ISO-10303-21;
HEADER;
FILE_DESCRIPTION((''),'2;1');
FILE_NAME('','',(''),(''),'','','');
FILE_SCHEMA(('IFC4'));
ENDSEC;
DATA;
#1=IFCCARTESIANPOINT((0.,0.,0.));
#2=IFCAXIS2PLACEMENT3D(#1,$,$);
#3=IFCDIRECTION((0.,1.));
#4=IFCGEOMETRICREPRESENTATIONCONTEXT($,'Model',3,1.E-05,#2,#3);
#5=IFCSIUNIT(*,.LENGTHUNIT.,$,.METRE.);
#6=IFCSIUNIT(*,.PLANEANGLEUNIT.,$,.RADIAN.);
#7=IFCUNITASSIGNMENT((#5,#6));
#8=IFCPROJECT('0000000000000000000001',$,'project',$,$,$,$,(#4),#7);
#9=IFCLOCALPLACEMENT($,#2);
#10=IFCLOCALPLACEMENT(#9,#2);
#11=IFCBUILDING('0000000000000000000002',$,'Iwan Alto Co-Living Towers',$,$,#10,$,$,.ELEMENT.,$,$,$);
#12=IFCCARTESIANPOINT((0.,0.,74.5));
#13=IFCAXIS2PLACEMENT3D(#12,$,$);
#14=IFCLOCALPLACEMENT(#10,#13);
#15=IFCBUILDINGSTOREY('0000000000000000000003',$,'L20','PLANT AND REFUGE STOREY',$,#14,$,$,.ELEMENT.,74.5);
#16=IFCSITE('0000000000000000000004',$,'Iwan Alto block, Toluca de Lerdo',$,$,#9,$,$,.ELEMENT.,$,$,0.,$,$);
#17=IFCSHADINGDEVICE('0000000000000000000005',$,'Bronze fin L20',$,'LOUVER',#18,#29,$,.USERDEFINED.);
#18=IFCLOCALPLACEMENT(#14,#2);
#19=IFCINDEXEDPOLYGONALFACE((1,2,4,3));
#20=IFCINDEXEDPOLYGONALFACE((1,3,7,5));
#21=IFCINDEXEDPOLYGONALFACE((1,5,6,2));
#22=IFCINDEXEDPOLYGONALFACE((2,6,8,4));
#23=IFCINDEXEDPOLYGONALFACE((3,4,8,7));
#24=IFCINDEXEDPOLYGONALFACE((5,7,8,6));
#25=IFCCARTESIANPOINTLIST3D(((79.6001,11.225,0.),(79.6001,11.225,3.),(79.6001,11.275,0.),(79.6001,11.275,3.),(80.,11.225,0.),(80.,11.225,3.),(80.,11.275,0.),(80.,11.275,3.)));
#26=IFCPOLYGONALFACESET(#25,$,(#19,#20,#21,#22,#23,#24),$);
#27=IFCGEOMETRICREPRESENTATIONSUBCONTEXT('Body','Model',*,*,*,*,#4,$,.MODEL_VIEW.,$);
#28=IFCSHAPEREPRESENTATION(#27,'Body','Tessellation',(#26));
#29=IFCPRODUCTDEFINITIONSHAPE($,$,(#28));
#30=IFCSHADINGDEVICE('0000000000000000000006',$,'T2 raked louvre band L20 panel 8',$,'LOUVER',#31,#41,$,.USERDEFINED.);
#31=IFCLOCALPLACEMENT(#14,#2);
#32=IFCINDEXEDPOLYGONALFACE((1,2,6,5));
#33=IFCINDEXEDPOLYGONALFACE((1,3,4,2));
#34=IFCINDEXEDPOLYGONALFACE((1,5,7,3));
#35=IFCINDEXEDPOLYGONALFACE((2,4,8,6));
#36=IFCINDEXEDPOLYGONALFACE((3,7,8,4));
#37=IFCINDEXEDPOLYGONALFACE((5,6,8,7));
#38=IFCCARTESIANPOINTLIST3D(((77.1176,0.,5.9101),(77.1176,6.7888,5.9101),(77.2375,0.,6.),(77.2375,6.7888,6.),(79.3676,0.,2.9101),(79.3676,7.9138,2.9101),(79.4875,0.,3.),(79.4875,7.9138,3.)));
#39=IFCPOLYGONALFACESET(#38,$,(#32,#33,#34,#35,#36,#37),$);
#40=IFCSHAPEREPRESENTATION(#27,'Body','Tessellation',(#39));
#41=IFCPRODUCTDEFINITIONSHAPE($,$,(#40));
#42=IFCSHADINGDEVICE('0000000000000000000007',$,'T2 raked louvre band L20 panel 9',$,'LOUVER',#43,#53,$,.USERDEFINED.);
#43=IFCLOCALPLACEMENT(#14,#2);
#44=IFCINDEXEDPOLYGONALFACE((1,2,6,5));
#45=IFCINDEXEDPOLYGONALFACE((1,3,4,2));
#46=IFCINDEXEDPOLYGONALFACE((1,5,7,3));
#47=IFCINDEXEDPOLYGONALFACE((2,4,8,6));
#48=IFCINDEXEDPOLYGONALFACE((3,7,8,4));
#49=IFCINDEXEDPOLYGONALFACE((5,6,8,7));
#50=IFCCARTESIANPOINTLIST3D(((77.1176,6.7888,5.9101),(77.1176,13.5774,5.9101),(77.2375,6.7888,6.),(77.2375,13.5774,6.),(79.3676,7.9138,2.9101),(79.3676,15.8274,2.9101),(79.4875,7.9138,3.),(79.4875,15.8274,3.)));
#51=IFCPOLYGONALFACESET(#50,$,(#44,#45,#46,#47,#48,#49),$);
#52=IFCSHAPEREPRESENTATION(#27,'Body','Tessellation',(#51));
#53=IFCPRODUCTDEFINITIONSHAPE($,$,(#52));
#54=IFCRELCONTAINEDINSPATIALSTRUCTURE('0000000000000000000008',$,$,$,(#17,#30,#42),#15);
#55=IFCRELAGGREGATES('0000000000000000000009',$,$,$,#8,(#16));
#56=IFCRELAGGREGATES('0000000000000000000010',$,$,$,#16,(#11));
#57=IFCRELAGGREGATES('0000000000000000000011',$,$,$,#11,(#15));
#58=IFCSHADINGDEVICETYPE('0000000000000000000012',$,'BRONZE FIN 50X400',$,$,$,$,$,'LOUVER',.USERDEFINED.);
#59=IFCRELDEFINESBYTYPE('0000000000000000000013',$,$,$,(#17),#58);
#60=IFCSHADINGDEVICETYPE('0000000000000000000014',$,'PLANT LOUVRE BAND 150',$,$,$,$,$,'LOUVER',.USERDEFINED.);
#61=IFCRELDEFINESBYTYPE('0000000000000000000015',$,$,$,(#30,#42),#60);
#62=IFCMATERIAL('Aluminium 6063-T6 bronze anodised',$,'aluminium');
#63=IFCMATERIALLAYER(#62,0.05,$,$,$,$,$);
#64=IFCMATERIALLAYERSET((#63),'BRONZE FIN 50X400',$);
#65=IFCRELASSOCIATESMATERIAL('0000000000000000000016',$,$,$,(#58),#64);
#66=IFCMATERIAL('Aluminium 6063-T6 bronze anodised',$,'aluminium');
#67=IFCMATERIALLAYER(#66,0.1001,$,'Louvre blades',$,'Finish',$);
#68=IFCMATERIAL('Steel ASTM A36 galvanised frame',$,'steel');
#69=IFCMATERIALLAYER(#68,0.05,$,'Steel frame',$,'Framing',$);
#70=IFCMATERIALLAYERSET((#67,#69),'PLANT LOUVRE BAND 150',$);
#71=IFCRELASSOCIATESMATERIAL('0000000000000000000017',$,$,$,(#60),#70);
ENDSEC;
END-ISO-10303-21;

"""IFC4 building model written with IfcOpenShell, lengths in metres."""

from ifc_helpers import new_model, si_unit, direction, frame, origin, origin_2d, place, context, subcontext, project, spatial, polyline, rectangle, outline, extrude, material, layer, layer_set, type_object, element, save


model = new_model("IFC4")

# Units and contexts
model_context = context("Model", 3, precision=1e-05, world=origin(), true_north=direction((0.0, 1.0)))
body_context = subcontext(model_context, "Body", "Model", "MODEL_VIEW")
ifc_project = project(units=[si_unit("LENGTHUNIT", "METRE"), si_unit("PLANEANGLEUNIT", "RADIAN")], contexts=[model_context])

# Site, building, storey
site_placement = place(None, origin())
site = spatial("IfcSite", under=ifc_project, at=site_placement, Name="Iwan Alto block, Toluca de Lerdo", CompositionType="ELEMENT", RefElevation=0.0)
building_placement = place(site_placement, origin())
building = spatial("IfcBuilding", under=site, at=building_placement, Name="Iwan Alto Co-Living Towers", CompositionType="ELEMENT")
storey_placement = place(building_placement, frame((0.0, 0.0, 74.5)))
storey = spatial("IfcBuildingStorey", under=building, at=storey_placement, Name="L20", Description="PLANT AND REFUGE STOREY", CompositionType="ELEMENT", Elevation=74.5)

# Shared definitions
ifc_material_1 = material(Name="Aluminium 6063-T6 bronze anodised", Category="aluminium")

# Shading devices
ifc_material_2 = material(Name="Aluminium 6063-T6 bronze anodised", Category="aluminium")
ifc_layer_1 = layer(ifc_material_2, 0.05)
ifc_layer_set_1 = layer_set([ifc_layer_1], Name="BRONZE FIN 50X400")
shading_device_type_1 = type_object("IfcShadingDeviceType", Name="BRONZE FIN 50X400", ElementType="LOUVER", PredefinedType="USERDEFINED", material=ifc_layer_set_1)
for number, where, z_axis, x_axis, name in (
    (1, (79.8, 11.25, 0.0), (0.0, 0.0, 1.0), (0.0, 1.0, 0.0), "Bronze fin L20"),
):
    element("IfcShadingDevice", number, at=place(storey_placement, frame(where, z_axis=z_axis, x_axis=x_axis)), inside=storey, type_object=shading_device_type_1, Name=name, ObjectType="LOUVER", PredefinedType="USERDEFINED", context=body_context, shape_type="SweptSolid", body=[
        extrude(rectangle(XDim=0.05, YDim=0.3999, at=origin_2d()), origin(), (0.0, 0.0, 1.0), 3.0),
    ])
ifc_layer_2 = layer(ifc_material_1, 0.1001, Name="Louvre blades", Category="Finish")
ifc_material_3 = material(Name="Steel ASTM A36 galvanised frame", Category="steel")
ifc_layer_3 = layer(ifc_material_3, 0.05, Name="Steel frame", Category="Framing")
ifc_layer_set_2 = layer_set([ifc_layer_2, ifc_layer_3], Name="PLANT LOUVRE BAND 150")
shading_device_type_2 = type_object("IfcShadingDeviceType", Name="PLANT LOUVRE BAND 150", ElementType="LOUVER", PredefinedType="USERDEFINED", material=ifc_layer_set_2)
shading_device_1_placement = place(storey_placement, frame((79.4875, 0.0, 3.0), z_axis=(0.8, 0.0, 0.6), x_axis=(0.0, 1.0, 0.0)))
element("IfcShadingDevice", 2, at=shading_device_1_placement, inside=storey, type_object=shading_device_type_2, Name="T2 raked louvre band L20 panel 8", ObjectType="LOUVER", PredefinedType="USERDEFINED", context=body_context, shape_type="SweptSolid", body=[
    extrude(outline(polyline([(0.0, 0.0), (7.9138, 0.0), (6.7888, 3.75), (0.0, 3.75), (0.0, 0.0)])), origin(), (0.0, 0.0, -1.0), 0.1499),
])
shading_device_2_placement = place(storey_placement, frame((79.4875, 7.9138, 3.0), z_axis=(0.8, 0.0, 0.6), x_axis=(0.0, 1.0, 0.0)))
element("IfcShadingDevice", 3, at=shading_device_2_placement, inside=storey, type_object=shading_device_type_2, Name="T2 raked louvre band L20 panel 9", ObjectType="LOUVER", PredefinedType="USERDEFINED", context=body_context, shape_type="SweptSolid", body=[
    extrude(outline(polyline([(0.0, 0.0), (7.9136, 0.0), (5.6636, 3.75), (-1.125, 3.75), (0.0, 0.0)])), origin(), (0.0, 0.0, -1.0), 0.1499),
])

save(model, "model.ifc")
